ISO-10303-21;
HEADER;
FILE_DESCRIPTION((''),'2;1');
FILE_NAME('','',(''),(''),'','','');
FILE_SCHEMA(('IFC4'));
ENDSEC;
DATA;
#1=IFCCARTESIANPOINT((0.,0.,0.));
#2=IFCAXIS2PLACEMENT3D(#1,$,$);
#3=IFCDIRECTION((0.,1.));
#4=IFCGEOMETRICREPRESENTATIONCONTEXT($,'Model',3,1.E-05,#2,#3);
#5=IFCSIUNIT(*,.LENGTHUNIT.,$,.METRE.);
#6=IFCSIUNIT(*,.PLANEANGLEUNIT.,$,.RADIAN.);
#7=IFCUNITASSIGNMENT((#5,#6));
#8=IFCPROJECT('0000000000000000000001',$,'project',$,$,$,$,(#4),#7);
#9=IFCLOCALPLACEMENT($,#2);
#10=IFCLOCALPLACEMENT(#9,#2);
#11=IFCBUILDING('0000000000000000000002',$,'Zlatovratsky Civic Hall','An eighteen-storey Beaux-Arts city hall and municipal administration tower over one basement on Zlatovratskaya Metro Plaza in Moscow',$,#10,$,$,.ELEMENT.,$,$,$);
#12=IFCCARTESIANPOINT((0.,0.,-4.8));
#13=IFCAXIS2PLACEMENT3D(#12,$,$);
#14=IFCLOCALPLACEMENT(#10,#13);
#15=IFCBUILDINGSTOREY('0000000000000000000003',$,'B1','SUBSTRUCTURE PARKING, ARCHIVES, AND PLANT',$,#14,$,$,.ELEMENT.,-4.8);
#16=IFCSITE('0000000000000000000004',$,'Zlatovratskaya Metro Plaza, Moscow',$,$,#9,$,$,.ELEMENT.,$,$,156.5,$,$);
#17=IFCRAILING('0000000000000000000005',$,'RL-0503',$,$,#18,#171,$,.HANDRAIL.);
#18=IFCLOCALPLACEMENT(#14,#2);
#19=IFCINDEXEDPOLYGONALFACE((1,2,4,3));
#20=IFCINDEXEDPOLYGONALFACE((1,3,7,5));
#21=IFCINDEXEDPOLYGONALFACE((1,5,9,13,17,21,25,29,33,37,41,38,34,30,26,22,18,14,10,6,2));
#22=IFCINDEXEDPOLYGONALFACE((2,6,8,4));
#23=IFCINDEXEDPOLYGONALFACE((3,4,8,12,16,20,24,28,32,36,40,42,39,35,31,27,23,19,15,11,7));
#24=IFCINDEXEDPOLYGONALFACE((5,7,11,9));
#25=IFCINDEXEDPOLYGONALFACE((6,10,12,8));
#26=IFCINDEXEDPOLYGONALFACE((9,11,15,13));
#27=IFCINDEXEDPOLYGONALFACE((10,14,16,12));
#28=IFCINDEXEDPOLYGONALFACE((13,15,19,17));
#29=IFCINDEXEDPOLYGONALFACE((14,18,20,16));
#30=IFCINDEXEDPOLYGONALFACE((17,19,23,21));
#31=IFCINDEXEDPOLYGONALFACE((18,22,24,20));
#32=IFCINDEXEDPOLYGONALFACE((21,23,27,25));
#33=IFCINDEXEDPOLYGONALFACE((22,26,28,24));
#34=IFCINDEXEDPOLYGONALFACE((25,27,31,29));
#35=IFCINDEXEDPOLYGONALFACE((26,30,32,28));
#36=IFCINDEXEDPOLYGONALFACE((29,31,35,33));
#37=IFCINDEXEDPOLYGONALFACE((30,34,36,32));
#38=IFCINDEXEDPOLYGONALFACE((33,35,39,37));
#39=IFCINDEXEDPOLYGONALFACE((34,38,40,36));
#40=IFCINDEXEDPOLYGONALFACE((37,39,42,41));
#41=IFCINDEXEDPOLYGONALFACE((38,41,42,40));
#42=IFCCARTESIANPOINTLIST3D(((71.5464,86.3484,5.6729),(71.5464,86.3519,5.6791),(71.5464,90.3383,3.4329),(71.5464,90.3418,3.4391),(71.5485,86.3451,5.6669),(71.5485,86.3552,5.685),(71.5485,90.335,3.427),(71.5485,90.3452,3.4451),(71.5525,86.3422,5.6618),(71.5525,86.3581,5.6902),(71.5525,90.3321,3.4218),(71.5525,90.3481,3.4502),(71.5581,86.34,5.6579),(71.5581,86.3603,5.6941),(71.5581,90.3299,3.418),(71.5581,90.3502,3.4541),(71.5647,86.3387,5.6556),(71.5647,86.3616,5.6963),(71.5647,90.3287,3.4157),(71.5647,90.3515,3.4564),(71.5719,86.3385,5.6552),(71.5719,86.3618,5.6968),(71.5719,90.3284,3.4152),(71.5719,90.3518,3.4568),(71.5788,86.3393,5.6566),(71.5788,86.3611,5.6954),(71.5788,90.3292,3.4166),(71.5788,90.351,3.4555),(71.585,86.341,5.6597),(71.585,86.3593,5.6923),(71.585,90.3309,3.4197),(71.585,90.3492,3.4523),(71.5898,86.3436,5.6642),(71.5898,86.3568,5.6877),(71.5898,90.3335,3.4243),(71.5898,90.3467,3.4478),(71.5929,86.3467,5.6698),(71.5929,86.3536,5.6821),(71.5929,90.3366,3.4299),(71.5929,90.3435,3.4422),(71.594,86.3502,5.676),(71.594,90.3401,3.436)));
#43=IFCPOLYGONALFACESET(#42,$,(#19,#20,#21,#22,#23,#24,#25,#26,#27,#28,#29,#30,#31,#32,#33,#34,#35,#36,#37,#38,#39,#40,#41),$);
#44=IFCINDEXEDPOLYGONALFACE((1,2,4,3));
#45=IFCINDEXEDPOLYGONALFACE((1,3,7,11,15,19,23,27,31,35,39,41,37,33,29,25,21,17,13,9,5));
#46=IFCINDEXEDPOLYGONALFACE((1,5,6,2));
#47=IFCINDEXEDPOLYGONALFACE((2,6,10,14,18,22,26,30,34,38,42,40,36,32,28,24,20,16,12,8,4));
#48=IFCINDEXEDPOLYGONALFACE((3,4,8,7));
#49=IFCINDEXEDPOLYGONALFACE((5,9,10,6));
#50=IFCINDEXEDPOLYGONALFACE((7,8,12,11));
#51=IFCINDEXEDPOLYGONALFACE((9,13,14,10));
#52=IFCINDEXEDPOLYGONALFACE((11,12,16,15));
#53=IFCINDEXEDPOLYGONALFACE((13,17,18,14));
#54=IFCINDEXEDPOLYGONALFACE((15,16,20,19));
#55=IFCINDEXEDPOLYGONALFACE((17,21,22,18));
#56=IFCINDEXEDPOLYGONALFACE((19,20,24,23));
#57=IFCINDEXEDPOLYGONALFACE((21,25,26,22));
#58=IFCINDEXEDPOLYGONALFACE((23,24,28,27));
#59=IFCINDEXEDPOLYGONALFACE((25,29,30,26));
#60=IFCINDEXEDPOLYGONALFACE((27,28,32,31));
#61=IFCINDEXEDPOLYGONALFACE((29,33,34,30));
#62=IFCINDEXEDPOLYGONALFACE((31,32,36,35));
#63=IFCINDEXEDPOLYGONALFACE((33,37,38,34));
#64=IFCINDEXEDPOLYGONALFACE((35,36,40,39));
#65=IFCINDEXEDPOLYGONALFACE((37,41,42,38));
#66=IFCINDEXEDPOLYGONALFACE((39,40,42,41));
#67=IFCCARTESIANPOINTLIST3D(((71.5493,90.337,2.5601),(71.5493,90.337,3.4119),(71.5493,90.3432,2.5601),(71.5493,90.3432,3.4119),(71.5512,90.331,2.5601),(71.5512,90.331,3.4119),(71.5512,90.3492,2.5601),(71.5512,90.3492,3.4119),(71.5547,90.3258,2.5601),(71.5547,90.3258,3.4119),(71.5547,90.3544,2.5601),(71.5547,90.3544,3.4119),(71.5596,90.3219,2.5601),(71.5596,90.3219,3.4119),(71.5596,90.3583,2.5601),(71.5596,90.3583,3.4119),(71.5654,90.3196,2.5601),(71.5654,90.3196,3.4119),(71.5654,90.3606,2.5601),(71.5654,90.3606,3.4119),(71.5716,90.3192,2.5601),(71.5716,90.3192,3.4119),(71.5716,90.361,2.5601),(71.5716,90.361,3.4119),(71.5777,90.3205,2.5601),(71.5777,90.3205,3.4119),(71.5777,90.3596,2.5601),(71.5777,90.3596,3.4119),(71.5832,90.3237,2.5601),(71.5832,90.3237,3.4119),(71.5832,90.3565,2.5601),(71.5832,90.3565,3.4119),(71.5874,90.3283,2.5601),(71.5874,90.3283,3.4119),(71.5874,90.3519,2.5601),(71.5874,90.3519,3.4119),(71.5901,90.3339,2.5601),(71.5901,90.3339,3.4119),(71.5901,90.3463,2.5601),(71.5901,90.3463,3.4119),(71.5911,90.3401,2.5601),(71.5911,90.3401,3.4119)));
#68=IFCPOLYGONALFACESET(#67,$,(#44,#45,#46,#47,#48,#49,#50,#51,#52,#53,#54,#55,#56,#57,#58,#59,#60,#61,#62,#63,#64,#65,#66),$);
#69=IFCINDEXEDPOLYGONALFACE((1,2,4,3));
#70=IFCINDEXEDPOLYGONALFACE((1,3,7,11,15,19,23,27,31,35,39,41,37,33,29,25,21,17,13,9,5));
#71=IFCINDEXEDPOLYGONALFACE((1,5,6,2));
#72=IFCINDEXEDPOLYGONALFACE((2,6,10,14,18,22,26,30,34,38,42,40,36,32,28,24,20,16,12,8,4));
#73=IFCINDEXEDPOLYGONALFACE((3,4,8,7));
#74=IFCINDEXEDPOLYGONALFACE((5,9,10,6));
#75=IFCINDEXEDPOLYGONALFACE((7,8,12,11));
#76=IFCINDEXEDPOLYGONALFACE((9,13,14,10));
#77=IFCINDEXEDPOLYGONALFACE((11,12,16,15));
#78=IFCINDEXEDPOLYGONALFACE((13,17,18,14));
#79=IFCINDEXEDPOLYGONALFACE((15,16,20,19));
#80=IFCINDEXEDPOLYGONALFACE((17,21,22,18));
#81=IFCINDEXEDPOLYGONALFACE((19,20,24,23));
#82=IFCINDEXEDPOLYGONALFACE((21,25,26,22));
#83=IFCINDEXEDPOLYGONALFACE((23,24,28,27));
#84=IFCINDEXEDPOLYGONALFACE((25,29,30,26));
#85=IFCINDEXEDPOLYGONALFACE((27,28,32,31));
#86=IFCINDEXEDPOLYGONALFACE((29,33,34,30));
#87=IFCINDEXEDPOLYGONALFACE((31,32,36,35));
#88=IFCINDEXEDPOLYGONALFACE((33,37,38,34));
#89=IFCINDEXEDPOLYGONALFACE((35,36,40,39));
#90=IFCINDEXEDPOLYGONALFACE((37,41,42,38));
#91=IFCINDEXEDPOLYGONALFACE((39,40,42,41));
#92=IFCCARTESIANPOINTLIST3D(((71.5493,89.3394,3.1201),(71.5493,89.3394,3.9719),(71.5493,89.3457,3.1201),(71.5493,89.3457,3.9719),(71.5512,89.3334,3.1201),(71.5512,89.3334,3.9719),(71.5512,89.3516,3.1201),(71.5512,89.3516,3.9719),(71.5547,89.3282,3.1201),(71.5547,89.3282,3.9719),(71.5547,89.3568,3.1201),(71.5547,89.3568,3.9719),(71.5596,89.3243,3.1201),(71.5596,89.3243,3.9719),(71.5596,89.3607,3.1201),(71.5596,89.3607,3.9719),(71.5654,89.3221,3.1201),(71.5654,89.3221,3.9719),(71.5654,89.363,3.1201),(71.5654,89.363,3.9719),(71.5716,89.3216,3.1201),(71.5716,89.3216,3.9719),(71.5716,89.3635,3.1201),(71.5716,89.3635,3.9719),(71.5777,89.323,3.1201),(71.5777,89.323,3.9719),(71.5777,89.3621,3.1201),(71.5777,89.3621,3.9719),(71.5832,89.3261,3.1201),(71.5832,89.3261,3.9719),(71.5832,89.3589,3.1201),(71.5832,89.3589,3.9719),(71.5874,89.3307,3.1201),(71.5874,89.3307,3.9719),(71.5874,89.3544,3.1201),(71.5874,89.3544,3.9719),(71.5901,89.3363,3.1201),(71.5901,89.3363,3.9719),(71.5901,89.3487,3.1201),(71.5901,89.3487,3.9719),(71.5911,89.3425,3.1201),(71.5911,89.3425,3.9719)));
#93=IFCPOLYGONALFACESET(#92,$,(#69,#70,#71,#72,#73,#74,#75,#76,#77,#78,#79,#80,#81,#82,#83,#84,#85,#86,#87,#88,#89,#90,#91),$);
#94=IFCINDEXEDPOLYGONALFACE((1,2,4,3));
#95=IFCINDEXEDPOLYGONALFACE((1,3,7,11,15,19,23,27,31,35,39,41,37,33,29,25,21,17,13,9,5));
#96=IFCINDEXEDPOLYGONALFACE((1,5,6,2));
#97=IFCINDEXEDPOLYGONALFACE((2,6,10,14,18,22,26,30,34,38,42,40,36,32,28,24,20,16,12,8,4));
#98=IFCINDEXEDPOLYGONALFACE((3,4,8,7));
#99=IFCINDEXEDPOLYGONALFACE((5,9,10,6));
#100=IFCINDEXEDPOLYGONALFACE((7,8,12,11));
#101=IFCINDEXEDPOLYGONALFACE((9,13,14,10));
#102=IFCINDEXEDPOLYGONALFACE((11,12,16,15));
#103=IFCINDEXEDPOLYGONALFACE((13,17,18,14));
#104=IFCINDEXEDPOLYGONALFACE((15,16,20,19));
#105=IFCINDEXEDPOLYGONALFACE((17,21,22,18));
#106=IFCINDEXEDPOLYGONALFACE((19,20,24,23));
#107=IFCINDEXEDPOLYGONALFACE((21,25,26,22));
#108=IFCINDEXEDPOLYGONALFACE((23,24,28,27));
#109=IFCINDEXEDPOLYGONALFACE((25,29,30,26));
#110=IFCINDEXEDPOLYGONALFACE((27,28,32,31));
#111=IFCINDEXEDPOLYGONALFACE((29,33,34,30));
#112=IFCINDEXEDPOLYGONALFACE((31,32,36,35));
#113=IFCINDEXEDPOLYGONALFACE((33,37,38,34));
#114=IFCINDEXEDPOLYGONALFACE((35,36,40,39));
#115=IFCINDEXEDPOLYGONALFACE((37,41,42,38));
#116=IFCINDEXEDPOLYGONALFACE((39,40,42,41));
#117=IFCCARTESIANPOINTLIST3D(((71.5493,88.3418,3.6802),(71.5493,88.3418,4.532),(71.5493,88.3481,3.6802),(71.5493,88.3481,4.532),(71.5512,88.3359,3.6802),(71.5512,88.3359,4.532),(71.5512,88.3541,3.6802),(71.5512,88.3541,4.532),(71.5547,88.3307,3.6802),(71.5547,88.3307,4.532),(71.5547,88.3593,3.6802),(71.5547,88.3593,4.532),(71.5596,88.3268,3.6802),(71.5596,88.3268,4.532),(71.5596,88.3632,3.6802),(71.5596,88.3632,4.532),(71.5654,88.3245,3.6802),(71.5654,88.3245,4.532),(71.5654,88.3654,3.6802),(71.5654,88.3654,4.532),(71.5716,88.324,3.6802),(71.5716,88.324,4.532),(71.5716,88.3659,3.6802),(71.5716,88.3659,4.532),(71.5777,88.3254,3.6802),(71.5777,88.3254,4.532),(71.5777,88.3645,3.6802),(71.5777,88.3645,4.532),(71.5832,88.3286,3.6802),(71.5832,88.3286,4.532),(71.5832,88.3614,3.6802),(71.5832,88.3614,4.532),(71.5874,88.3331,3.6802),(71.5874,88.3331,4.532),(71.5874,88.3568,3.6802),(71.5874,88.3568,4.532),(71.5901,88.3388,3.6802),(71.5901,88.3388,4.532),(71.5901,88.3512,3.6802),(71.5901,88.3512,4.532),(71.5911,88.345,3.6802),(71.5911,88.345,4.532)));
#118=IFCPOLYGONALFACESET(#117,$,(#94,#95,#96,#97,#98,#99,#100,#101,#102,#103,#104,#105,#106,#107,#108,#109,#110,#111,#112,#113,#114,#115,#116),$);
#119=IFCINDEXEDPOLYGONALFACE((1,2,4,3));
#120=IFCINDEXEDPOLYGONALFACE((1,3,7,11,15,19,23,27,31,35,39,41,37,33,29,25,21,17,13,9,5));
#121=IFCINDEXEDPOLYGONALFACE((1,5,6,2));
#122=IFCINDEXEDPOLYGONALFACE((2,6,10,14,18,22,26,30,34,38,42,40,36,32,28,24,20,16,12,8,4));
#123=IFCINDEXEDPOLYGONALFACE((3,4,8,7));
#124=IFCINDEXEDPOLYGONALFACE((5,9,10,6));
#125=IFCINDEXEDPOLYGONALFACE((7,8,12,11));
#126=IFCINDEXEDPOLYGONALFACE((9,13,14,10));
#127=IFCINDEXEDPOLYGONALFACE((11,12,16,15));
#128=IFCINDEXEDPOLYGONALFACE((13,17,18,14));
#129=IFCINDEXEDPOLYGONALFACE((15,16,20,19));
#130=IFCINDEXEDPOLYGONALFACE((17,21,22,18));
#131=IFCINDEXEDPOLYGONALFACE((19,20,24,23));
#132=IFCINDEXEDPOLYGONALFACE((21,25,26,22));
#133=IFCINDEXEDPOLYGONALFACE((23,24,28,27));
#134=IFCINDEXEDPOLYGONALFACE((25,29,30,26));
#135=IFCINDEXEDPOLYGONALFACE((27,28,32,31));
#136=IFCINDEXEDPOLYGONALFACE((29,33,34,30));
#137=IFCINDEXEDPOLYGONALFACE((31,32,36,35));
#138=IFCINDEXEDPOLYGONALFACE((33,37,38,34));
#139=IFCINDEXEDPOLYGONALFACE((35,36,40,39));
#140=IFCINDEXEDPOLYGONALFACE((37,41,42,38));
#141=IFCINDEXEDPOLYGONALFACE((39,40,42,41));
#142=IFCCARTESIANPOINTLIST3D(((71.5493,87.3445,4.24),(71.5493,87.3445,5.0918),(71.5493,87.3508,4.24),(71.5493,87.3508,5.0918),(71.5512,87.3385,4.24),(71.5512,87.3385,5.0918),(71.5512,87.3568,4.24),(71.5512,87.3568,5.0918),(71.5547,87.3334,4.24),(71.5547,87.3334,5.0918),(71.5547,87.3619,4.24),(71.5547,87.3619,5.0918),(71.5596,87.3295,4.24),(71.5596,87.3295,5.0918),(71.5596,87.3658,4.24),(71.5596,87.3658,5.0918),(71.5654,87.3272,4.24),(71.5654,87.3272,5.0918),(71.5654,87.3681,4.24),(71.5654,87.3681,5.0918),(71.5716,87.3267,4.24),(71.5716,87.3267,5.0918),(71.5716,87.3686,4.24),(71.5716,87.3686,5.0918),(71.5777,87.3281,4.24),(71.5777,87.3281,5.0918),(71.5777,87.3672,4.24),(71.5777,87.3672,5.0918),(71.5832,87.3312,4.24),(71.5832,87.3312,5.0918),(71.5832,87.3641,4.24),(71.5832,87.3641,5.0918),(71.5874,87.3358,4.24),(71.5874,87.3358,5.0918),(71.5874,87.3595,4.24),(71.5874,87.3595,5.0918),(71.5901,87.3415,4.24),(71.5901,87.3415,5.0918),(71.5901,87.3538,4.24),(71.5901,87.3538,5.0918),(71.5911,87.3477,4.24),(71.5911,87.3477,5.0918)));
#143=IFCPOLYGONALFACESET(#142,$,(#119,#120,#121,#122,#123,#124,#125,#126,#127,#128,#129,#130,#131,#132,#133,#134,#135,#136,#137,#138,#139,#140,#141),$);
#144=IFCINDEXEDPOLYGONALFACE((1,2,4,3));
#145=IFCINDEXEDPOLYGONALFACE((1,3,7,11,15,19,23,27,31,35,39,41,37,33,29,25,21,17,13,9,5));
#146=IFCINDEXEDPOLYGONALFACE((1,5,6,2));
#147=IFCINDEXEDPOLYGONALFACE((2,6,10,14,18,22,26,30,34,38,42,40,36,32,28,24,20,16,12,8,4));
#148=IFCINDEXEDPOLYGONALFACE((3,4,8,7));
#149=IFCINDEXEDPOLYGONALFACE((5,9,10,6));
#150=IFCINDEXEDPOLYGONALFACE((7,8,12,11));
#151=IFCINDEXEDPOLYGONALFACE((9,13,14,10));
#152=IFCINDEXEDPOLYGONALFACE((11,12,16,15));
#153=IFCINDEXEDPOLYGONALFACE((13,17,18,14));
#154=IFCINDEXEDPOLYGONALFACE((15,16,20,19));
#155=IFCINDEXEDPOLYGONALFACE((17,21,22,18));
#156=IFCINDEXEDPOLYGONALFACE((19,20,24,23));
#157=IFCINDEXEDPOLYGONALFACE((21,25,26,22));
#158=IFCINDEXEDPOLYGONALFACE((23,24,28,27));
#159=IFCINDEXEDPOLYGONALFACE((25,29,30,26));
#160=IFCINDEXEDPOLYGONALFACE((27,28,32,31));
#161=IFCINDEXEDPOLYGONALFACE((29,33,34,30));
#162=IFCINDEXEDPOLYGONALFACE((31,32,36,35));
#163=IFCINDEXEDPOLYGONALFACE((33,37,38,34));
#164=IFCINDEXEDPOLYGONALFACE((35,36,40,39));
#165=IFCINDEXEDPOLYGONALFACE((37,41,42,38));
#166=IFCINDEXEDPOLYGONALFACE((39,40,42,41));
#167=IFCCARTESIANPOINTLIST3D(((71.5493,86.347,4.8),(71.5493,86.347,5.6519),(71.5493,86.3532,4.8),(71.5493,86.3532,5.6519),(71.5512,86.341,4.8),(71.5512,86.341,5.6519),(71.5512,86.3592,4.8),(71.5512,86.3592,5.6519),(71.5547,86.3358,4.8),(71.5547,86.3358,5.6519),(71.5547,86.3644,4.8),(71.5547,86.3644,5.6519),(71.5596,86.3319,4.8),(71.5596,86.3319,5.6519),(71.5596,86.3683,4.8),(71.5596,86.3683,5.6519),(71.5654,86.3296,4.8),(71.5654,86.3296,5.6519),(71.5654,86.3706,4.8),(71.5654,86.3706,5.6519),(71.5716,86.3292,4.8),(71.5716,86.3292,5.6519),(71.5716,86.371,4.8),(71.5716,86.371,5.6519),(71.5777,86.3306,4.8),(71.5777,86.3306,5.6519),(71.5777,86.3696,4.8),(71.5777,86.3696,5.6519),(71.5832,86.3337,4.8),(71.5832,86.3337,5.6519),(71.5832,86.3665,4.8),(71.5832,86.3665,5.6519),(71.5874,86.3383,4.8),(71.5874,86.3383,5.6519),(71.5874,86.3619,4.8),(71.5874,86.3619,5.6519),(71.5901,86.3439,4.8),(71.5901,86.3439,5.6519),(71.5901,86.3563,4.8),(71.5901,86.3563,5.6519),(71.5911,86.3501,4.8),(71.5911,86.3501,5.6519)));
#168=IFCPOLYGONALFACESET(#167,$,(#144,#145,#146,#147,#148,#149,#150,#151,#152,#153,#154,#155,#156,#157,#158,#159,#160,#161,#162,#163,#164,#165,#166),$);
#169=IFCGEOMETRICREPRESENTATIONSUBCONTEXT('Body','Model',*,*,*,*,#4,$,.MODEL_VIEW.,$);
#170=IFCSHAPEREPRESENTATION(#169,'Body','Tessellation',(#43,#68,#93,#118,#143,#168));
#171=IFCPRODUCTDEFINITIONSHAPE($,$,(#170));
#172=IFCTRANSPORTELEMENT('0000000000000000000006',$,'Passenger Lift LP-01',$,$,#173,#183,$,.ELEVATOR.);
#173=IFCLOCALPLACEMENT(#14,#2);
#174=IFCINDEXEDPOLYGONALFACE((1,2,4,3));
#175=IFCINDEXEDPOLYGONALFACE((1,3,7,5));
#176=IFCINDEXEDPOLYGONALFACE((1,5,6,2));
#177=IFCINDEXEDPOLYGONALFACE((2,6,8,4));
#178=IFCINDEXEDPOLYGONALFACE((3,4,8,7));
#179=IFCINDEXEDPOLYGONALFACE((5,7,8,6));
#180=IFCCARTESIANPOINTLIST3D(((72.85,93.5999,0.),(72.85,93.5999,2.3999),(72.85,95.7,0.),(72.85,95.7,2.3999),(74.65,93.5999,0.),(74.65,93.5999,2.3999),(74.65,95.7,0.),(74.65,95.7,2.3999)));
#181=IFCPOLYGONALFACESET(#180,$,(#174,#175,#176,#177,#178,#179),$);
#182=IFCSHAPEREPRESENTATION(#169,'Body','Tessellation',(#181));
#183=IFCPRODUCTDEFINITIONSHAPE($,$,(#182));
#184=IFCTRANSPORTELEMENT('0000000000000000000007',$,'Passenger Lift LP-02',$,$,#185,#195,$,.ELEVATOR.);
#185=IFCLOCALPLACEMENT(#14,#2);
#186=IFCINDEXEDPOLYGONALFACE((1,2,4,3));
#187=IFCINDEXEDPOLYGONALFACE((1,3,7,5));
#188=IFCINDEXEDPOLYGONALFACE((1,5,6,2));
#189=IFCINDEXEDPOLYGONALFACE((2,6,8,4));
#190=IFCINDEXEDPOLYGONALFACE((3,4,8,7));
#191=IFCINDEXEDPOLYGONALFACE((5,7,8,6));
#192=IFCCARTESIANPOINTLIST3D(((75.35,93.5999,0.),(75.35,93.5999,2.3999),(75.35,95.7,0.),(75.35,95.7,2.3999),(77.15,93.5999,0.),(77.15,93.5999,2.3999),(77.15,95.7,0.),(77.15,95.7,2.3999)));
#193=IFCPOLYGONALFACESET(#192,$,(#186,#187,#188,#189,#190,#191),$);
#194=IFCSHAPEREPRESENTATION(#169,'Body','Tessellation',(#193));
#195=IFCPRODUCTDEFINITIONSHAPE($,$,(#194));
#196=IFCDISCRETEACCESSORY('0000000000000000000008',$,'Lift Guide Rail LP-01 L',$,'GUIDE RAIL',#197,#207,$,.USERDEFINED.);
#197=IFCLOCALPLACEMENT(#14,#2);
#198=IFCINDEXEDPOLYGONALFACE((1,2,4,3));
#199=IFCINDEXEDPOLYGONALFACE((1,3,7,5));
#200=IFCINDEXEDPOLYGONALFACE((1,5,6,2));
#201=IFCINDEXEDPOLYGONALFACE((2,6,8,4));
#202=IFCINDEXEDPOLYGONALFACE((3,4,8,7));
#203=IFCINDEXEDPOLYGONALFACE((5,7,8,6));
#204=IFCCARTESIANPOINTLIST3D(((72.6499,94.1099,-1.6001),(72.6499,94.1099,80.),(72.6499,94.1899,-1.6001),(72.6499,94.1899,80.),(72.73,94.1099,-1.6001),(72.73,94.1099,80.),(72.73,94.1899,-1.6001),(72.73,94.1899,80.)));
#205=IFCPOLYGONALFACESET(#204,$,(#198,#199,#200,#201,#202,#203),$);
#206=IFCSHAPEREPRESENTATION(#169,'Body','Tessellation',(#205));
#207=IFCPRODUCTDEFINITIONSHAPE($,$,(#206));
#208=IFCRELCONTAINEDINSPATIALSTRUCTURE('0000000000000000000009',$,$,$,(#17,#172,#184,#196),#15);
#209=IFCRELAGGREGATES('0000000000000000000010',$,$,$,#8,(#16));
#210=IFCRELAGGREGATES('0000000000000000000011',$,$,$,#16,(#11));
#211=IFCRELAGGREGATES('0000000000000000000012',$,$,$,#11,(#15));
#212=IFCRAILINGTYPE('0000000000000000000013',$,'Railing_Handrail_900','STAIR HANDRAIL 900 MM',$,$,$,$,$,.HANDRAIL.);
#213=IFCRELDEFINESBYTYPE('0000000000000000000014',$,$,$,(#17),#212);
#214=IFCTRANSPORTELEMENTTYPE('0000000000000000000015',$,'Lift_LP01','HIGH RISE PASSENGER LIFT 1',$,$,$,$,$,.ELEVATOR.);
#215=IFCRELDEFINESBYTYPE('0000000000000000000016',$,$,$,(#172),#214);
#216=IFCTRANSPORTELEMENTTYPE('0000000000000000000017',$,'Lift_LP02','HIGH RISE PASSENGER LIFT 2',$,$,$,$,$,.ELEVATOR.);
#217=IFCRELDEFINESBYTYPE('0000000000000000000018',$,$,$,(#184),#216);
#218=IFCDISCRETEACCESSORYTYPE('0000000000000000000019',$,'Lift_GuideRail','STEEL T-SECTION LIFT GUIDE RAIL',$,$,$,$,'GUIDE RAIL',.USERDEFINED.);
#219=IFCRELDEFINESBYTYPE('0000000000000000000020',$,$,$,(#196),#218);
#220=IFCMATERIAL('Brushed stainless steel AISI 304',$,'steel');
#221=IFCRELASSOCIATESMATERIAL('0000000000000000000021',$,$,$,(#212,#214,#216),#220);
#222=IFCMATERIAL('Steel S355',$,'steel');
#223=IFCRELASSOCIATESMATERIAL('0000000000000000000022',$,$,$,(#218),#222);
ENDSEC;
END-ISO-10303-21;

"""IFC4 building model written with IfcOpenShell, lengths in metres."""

from ifc_helpers import new_model, si_unit, direction, frame, origin, origin_2d, place, context, subcontext, project, spatial, rectangle, circle, extrude, material, type_object, element, save


model = new_model("IFC4")

# Units and contexts
model_context = context("Model", 3, precision=1e-05, world=origin(), true_north=direction((0.0, 1.0)))
body_context = subcontext(model_context, "Body", "Model", "MODEL_VIEW")
ifc_project = project(units=[si_unit("LENGTHUNIT", "METRE"), si_unit("PLANEANGLEUNIT", "RADIAN")], contexts=[model_context])

# Site, building, storey
site_placement = place(None, origin())
site = spatial("IfcSite", under=ifc_project, at=site_placement, Name="Zlatovratskaya Metro Plaza, Moscow", CompositionType="ELEMENT", RefElevation=156.5)
building_placement = place(site_placement, origin())
building = spatial("IfcBuilding", under=site, at=building_placement, Name="Zlatovratsky Civic Hall", Description="An eighteen-storey Beaux-Arts city hall and municipal administration tower over one basement on Zlatovratskaya Metro Plaza in Moscow", CompositionType="ELEMENT")
storey_placement = place(building_placement, frame((0.0, 0.0, -4.8)))
storey = spatial("IfcBuildingStorey", under=building, at=storey_placement, Name="B1", Description="SUBSTRUCTURE PARKING, ARCHIVES, AND PLANT", CompositionType="ELEMENT", Elevation=-4.8)

# Shared definitions
ifc_material_1 = material(Name="Steel S355", Category="steel")

# Shared definitions
ifc_material_2 = material(Name="Brushed stainless steel AISI 304", Category="steel")

# Railing
railing_type = type_object("IfcRailingType", Name="Railing_Handrail_900", Description="STAIR HANDRAIL 900 MM", PredefinedType="HANDRAIL", material=ifc_material_2)
railing_placement = place(storey_placement, frame((71.5701, 90.3401, 2.5601)))
element("IfcRailing", 1, at=railing_placement, inside=storey, type_object=railing_type, Name="RL-0503", PredefinedType="HANDRAIL", context=body_context, shape_type="SweptSolid", body=[
    extrude(circle(Radius=0.0239, at=origin_2d()), frame((0.0, 0.0, 0.876), z_axis=(0.0, -0.871984, 0.489534), x_axis=(1.0, 0.0, 0.0)), (0.0, 0.0, 1.0), 4.5757),
    extrude(circle(Radius=0.021, at=origin_2d()), origin(), (0.0, 0.0, 1.0), 0.8518),
    extrude(circle(Radius=0.021, at=origin_2d()), frame((0.0, -0.9976, 0.5601)), (0.0, 0.0, 1.0), 0.8518),
    extrude(circle(Radius=0.021, at=origin_2d()), frame((0.0, -1.9951, 1.1201)), (0.0, 0.0, 1.0), 0.8518),
    extrude(circle(Radius=0.021, at=origin_2d()), frame((0.0, -2.9924, 1.6799)), (0.0, 0.0, 1.0), 0.8518),
    extrude(circle(Radius=0.021, at=origin_2d()), frame((0.0, -3.99, 2.24)), (0.0, 0.0, 1.0), 0.8518),
])

# Transport elements
transport_element_type_1 = type_object("IfcTransportElementType", Name="Lift_LP01", Description="HIGH RISE PASSENGER LIFT 1", PredefinedType="ELEVATOR", material=ifc_material_2)
transport_element_1_placement = place(storey_placement, frame((73.75, 94.6499, 0.0), z_axis=(0.0, 0.0, 1.0), x_axis=(1.0, 0.0, 0.0)))
element("IfcTransportElement", 2, at=transport_element_1_placement, inside=storey, type_object=transport_element_type_1, Name="Passenger Lift LP-01", PredefinedType="ELEVATOR", context=body_context, shape_type="SweptSolid", body=[
    extrude(rectangle(XDim=1.8, YDim=2.1001, at=origin_2d()), origin(), (0.0, 0.0, 1.0), 2.3999),
])
transport_element_type_2 = type_object("IfcTransportElementType", Name="Lift_LP02", Description="HIGH RISE PASSENGER LIFT 2", PredefinedType="ELEVATOR", material=ifc_material_2)
transport_element_2_placement = place(storey_placement, frame((76.25, 94.6499, 0.0), z_axis=(0.0, 0.0, 1.0), x_axis=(1.0, 0.0, 0.0)))
element("IfcTransportElement", 3, at=transport_element_2_placement, inside=storey, type_object=transport_element_type_2, Name="Passenger Lift LP-02", PredefinedType="ELEVATOR", context=body_context, shape_type="SweptSolid", body=[
    extrude(rectangle(XDim=1.8, YDim=2.1001, at=origin_2d()), origin(), (0.0, 0.0, 1.0), 2.3999),
])

# Discrete accessory
discrete_accessory_type = type_object("IfcDiscreteAccessoryType", Name="Lift_GuideRail", Description="STEEL T-SECTION LIFT GUIDE RAIL", ElementType="GUIDE RAIL", PredefinedType="USERDEFINED", material=ifc_material_1)
for number, where, z_axis, x_axis, name in (
    (4, (72.6899, 94.1499, -1.6001), (0.0, 0.0, 1.0), (1.0, 0.0, 0.0), "Lift Guide Rail LP-01 L"),
):
    element("IfcDiscreteAccessory", number, at=place(storey_placement, frame(where, z_axis=z_axis, x_axis=x_axis)), inside=storey, type_object=discrete_accessory_type, Name=name, ObjectType="GUIDE RAIL", PredefinedType="USERDEFINED", context=body_context, shape_type="SweptSolid", body=[
        extrude(rectangle(XDim=0.0801, YDim=0.0801, at=origin_2d()), origin(), (0.0, 0.0, 1.0), 81.6001),
    ])

save(model, "model.ifc")
